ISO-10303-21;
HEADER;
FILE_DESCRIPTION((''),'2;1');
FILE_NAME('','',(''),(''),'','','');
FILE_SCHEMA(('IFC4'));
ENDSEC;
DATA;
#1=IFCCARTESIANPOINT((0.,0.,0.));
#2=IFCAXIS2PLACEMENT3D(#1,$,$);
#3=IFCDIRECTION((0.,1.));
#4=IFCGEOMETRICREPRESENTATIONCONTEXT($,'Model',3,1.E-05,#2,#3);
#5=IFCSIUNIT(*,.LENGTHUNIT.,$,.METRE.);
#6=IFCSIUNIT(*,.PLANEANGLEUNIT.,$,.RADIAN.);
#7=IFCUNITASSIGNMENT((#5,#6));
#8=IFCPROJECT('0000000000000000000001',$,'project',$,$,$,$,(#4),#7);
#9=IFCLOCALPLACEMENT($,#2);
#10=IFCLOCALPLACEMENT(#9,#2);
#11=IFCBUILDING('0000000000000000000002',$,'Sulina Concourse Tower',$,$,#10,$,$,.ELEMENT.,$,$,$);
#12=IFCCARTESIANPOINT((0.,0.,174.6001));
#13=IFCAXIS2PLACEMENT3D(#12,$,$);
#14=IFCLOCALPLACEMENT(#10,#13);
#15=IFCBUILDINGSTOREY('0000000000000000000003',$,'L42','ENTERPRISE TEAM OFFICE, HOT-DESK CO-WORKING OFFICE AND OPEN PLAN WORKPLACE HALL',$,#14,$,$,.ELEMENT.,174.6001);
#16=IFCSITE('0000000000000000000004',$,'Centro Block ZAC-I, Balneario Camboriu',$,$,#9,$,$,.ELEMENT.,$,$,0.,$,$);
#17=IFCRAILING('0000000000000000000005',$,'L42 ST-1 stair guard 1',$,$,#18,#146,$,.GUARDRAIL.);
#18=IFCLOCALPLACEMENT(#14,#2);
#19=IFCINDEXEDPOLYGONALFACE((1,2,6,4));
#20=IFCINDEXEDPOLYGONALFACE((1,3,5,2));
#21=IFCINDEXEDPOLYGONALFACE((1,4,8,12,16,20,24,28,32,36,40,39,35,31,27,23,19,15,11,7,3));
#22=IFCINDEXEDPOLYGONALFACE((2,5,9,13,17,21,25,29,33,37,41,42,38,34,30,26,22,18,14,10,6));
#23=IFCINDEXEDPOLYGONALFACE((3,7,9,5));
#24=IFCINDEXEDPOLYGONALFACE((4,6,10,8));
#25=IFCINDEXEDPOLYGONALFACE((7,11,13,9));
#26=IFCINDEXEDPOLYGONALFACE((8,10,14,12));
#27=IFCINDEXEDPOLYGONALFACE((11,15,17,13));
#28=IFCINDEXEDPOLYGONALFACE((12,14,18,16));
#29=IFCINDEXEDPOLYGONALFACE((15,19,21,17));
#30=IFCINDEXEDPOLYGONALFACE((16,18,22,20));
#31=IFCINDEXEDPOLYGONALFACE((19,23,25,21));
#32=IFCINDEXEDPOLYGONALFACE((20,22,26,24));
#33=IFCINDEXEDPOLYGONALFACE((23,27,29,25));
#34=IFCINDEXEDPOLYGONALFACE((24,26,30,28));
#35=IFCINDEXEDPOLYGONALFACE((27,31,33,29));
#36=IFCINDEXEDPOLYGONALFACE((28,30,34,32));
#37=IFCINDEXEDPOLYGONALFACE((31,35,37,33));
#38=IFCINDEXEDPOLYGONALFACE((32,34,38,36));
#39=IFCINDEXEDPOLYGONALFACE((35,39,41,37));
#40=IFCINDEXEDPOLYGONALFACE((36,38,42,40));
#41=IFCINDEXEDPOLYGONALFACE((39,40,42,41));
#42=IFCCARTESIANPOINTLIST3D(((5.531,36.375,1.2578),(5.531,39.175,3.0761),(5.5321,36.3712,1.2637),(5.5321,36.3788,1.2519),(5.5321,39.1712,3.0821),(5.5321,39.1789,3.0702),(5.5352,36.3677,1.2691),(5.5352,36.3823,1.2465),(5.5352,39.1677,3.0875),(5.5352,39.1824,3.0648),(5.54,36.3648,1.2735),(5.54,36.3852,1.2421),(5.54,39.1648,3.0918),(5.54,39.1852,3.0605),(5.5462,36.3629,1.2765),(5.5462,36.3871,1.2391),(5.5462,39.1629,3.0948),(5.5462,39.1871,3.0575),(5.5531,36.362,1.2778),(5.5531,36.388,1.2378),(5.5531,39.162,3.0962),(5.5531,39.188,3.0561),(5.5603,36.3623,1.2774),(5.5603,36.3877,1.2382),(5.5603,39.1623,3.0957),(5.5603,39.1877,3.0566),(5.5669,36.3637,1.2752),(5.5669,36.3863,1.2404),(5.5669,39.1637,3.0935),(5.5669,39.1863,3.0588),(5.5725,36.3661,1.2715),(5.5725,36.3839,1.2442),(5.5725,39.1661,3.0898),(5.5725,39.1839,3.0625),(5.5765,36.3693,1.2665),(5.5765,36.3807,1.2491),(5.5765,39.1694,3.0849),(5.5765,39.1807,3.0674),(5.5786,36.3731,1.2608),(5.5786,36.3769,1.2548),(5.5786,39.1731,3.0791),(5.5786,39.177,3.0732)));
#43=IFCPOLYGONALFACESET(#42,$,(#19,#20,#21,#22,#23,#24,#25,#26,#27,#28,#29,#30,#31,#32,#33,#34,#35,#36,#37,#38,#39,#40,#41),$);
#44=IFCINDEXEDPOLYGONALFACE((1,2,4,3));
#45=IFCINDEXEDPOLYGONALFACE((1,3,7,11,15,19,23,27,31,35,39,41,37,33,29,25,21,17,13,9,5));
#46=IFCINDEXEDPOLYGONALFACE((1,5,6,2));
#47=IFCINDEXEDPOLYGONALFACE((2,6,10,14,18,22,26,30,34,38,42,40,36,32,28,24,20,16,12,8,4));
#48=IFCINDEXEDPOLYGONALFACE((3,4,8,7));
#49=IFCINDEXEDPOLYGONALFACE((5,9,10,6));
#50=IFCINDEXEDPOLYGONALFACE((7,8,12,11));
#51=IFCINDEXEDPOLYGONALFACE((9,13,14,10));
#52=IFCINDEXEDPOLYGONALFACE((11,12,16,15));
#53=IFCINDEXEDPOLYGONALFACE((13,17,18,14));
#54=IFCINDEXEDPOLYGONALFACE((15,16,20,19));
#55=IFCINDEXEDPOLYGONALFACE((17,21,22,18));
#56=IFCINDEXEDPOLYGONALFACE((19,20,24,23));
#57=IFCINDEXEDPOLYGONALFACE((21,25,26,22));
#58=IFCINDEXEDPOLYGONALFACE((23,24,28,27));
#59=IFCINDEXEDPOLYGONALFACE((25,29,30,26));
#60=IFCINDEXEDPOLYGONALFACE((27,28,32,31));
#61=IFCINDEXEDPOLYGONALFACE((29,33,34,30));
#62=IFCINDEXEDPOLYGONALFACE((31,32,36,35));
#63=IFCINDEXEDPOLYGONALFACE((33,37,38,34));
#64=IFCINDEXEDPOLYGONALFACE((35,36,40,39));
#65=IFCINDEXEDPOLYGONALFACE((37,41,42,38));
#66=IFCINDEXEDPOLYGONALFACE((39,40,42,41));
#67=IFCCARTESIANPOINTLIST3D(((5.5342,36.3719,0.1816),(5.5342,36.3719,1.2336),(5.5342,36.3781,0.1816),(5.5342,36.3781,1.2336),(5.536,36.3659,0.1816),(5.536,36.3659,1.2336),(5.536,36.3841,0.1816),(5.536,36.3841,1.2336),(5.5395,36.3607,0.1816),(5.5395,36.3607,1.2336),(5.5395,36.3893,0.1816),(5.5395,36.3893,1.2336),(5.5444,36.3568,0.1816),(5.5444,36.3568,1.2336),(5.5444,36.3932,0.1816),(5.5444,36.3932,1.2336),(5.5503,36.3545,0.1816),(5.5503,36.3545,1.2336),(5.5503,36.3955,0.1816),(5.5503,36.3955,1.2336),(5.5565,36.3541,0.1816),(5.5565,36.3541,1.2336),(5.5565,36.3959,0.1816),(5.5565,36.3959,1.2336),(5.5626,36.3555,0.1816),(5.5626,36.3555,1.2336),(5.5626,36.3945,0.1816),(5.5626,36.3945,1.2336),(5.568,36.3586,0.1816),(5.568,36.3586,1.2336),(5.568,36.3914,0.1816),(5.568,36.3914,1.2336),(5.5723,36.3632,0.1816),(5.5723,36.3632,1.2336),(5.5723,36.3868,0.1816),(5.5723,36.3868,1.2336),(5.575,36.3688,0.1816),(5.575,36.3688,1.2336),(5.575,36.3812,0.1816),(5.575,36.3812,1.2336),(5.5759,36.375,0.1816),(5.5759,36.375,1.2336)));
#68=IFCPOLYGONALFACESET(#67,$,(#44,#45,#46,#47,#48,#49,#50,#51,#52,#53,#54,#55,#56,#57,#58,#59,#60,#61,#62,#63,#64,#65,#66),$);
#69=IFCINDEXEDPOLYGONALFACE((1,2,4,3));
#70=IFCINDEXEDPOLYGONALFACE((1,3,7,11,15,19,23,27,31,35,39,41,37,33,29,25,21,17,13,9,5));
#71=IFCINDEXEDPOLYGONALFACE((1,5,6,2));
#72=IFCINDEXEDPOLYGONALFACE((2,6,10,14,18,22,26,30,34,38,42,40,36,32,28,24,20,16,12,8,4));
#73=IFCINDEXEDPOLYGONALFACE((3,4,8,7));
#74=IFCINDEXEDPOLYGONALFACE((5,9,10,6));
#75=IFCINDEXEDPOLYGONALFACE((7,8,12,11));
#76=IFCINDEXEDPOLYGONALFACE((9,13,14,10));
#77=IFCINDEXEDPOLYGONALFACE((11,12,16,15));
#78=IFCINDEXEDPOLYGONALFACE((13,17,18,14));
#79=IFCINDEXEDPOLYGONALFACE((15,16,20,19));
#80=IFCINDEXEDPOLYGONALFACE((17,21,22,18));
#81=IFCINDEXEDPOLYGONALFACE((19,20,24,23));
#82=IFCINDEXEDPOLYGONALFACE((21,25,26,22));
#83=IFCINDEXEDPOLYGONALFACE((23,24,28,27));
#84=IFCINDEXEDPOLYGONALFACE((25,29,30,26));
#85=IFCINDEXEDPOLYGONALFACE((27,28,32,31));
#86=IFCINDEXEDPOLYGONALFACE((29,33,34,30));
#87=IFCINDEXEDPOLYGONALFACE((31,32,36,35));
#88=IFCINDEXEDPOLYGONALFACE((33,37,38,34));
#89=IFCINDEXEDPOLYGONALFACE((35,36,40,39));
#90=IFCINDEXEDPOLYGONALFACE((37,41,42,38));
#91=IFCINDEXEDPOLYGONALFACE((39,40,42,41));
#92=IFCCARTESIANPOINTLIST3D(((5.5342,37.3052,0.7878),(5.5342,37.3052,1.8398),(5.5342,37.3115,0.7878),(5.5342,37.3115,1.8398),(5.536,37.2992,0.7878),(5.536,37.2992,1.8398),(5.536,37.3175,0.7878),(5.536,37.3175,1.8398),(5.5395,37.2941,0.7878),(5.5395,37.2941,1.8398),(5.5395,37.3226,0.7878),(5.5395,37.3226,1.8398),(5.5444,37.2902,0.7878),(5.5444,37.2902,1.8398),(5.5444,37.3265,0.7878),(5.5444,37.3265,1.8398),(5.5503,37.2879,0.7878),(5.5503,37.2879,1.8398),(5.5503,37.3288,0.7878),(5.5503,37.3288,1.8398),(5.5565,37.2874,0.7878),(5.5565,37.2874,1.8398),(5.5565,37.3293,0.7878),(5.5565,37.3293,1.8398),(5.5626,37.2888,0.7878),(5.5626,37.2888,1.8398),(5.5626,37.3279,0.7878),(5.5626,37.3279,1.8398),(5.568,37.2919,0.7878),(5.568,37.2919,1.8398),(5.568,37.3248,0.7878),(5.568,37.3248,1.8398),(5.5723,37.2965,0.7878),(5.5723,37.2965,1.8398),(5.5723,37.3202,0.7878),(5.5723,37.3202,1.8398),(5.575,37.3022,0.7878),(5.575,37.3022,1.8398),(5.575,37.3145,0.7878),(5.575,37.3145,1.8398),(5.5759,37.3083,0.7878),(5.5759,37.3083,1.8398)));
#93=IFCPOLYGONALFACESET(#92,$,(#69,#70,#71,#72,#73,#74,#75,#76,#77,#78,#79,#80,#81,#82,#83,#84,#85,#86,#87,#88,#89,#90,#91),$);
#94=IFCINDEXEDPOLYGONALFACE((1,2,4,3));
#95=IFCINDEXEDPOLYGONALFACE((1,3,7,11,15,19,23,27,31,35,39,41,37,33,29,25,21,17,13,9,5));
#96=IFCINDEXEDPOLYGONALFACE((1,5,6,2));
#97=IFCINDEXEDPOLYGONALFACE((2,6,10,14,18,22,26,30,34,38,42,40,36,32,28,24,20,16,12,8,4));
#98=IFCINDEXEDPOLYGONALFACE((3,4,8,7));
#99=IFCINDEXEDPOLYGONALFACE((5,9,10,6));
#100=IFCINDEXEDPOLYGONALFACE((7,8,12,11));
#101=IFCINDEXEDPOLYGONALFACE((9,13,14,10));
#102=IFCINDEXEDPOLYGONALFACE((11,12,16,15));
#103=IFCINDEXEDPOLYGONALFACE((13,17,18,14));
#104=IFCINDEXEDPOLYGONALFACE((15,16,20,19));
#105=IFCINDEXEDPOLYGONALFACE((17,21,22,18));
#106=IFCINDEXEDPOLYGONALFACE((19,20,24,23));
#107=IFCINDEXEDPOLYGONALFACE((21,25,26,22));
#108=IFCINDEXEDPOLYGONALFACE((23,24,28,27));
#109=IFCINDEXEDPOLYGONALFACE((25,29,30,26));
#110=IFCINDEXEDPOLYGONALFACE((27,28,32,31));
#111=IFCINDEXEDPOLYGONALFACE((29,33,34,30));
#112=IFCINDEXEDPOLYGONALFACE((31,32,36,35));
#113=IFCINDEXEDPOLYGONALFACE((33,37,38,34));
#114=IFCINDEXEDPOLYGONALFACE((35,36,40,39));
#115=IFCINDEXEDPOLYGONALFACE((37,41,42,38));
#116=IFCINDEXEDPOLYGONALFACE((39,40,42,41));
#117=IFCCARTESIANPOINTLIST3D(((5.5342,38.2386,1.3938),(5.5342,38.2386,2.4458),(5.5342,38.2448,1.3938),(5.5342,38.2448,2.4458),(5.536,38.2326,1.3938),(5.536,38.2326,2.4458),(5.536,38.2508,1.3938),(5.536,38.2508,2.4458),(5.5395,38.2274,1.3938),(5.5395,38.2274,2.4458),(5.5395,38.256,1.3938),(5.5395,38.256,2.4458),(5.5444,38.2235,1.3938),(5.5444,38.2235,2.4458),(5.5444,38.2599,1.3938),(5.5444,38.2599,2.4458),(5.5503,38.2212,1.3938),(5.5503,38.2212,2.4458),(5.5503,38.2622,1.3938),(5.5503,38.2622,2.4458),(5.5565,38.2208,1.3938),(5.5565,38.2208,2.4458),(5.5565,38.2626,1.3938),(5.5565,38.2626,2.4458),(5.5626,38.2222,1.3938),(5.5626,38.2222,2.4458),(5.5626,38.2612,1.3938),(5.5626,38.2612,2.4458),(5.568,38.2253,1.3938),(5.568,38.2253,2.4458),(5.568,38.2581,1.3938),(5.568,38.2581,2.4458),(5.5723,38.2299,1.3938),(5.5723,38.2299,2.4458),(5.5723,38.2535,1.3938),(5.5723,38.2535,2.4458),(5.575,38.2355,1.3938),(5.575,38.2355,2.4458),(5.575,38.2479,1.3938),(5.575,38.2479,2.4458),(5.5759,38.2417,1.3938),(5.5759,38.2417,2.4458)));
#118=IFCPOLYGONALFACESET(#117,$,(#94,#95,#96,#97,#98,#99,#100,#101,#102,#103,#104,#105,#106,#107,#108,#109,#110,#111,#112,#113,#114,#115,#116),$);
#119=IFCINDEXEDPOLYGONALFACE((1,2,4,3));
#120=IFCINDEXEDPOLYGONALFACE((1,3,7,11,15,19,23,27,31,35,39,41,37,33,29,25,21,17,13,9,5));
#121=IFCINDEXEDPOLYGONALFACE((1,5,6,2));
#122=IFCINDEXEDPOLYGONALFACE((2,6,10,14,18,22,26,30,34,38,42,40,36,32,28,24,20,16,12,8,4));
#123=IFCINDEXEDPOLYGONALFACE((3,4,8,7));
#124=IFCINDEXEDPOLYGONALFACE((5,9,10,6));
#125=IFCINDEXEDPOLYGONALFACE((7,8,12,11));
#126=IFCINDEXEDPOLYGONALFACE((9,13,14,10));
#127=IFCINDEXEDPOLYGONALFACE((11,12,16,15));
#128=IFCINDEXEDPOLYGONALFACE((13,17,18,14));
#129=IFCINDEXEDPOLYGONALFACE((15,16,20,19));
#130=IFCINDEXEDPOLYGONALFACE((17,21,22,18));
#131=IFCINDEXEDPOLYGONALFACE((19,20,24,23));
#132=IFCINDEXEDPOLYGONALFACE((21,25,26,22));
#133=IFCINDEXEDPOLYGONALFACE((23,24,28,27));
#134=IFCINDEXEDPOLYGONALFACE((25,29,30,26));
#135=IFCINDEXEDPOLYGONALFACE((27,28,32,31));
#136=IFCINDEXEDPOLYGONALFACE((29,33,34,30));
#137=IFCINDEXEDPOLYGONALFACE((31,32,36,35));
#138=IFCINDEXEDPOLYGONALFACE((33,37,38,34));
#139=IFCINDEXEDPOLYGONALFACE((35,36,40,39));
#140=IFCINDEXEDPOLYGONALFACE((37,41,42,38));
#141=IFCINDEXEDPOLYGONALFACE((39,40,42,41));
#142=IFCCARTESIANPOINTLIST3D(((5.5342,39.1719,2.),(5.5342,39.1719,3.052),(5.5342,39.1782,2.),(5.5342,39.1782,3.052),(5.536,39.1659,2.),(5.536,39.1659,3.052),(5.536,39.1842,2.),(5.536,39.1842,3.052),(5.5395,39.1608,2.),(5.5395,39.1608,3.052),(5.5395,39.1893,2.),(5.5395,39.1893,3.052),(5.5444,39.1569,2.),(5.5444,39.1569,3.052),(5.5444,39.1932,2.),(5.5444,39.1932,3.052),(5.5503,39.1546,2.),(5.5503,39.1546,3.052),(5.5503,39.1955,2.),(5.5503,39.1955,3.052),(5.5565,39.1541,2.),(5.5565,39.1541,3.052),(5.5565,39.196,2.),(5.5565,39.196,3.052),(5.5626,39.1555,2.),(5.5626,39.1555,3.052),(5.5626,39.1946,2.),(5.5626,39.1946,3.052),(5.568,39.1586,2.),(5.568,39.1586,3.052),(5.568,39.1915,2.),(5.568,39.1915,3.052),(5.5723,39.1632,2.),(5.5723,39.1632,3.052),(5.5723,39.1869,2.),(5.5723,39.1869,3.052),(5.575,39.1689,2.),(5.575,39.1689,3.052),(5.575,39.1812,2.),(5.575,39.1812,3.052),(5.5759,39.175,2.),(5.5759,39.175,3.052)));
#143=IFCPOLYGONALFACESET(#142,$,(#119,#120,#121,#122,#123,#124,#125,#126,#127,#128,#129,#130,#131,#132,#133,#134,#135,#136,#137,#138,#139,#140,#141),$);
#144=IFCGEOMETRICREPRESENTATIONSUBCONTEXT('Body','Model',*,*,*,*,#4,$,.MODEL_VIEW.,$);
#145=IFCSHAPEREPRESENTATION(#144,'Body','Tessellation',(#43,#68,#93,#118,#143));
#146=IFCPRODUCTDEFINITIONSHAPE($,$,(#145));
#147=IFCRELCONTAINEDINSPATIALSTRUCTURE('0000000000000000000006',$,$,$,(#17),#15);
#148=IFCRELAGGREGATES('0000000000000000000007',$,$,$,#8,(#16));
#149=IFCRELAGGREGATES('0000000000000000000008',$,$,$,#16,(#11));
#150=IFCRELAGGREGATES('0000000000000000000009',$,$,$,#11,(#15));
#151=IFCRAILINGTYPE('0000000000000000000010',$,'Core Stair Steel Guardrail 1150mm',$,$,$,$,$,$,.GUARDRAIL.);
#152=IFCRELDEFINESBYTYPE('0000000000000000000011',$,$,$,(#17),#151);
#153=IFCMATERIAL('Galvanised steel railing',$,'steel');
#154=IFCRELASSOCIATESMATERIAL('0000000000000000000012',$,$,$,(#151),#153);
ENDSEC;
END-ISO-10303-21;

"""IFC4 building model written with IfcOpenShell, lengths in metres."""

from ifc_helpers import new_model, si_unit, direction, frame, origin, origin_2d, place, context, subcontext, project, spatial, circle, extrude, material, type_object, element, save


model = new_model("IFC4")

# Units and contexts
model_context = context("Model", 3, precision=1e-05, world=origin(), true_north=direction((0.0, 1.0)))
body_context = subcontext(model_context, "Body", "Model", "MODEL_VIEW")
ifc_project = project(units=[si_unit("LENGTHUNIT", "METRE"), si_unit("PLANEANGLEUNIT", "RADIAN")], contexts=[model_context])

# Site, building, storey
site_placement = place(None, origin())
site = spatial("IfcSite", under=ifc_project, at=site_placement, Name="Centro Block ZAC-I, Balneario Camboriu", CompositionType="ELEMENT", RefElevation=0.0)
building_placement = place(site_placement, origin())
building = spatial("IfcBuilding", under=site, at=building_placement, Name="Sulina Concourse Tower", CompositionType="ELEMENT")
storey_placement = place(building_placement, frame((0.0, 0.0, 174.6001)))
storey = spatial("IfcBuildingStorey", under=building, at=storey_placement, Name="L42", Description="ENTERPRISE TEAM OFFICE, HOT-DESK CO-WORKING OFFICE AND OPEN PLAN WORKPLACE HALL", CompositionType="ELEMENT", Elevation=174.6001)

# Railing
ifc_material_1 = material(Name="Galvanised steel railing", Category="steel")
railing_type_1 = type_object("IfcRailingType", Name="Core Stair Steel Guardrail 1150mm", PredefinedType="GUARDRAIL", material=ifc_material_1)
railing_1_placement = place(storey_placement, frame((5.5549, 36.375, 0.1816)))
element("IfcRailing", 1, at=railing_1_placement, inside=storey, type_object=railing_type_1, Name="L42 ST-1 stair guard 1", PredefinedType="GUARDRAIL", context=body_context, shape_type="SweptSolid", body=[
    extrude(circle(Radius=0.0239, at=origin_2d()), frame((0.0, 0.0, 1.0762), z_axis=(0.0, 0.838672, 0.544636), x_axis=(-1.0, 0.0, 0.0)), (0.0, 0.0, 1.0), 3.3386),
    extrude(circle(Radius=0.021, at=origin_2d()), origin(), (0.0, 0.0, 1.0), 1.052),
    extrude(circle(Radius=0.021, at=origin_2d()), frame((0.0, 0.9333, 0.6062)), (0.0, 0.0, 1.0), 1.052),
    extrude(circle(Radius=0.021, at=origin_2d()), frame((0.0, 1.8667, 1.2122)), (0.0, 0.0, 1.0), 1.052),
    extrude(circle(Radius=0.021, at=origin_2d()), frame((0.0, 2.8, 1.8184)), (0.0, 0.0, 1.0), 1.052),
])

save(model, "model.ifc")
